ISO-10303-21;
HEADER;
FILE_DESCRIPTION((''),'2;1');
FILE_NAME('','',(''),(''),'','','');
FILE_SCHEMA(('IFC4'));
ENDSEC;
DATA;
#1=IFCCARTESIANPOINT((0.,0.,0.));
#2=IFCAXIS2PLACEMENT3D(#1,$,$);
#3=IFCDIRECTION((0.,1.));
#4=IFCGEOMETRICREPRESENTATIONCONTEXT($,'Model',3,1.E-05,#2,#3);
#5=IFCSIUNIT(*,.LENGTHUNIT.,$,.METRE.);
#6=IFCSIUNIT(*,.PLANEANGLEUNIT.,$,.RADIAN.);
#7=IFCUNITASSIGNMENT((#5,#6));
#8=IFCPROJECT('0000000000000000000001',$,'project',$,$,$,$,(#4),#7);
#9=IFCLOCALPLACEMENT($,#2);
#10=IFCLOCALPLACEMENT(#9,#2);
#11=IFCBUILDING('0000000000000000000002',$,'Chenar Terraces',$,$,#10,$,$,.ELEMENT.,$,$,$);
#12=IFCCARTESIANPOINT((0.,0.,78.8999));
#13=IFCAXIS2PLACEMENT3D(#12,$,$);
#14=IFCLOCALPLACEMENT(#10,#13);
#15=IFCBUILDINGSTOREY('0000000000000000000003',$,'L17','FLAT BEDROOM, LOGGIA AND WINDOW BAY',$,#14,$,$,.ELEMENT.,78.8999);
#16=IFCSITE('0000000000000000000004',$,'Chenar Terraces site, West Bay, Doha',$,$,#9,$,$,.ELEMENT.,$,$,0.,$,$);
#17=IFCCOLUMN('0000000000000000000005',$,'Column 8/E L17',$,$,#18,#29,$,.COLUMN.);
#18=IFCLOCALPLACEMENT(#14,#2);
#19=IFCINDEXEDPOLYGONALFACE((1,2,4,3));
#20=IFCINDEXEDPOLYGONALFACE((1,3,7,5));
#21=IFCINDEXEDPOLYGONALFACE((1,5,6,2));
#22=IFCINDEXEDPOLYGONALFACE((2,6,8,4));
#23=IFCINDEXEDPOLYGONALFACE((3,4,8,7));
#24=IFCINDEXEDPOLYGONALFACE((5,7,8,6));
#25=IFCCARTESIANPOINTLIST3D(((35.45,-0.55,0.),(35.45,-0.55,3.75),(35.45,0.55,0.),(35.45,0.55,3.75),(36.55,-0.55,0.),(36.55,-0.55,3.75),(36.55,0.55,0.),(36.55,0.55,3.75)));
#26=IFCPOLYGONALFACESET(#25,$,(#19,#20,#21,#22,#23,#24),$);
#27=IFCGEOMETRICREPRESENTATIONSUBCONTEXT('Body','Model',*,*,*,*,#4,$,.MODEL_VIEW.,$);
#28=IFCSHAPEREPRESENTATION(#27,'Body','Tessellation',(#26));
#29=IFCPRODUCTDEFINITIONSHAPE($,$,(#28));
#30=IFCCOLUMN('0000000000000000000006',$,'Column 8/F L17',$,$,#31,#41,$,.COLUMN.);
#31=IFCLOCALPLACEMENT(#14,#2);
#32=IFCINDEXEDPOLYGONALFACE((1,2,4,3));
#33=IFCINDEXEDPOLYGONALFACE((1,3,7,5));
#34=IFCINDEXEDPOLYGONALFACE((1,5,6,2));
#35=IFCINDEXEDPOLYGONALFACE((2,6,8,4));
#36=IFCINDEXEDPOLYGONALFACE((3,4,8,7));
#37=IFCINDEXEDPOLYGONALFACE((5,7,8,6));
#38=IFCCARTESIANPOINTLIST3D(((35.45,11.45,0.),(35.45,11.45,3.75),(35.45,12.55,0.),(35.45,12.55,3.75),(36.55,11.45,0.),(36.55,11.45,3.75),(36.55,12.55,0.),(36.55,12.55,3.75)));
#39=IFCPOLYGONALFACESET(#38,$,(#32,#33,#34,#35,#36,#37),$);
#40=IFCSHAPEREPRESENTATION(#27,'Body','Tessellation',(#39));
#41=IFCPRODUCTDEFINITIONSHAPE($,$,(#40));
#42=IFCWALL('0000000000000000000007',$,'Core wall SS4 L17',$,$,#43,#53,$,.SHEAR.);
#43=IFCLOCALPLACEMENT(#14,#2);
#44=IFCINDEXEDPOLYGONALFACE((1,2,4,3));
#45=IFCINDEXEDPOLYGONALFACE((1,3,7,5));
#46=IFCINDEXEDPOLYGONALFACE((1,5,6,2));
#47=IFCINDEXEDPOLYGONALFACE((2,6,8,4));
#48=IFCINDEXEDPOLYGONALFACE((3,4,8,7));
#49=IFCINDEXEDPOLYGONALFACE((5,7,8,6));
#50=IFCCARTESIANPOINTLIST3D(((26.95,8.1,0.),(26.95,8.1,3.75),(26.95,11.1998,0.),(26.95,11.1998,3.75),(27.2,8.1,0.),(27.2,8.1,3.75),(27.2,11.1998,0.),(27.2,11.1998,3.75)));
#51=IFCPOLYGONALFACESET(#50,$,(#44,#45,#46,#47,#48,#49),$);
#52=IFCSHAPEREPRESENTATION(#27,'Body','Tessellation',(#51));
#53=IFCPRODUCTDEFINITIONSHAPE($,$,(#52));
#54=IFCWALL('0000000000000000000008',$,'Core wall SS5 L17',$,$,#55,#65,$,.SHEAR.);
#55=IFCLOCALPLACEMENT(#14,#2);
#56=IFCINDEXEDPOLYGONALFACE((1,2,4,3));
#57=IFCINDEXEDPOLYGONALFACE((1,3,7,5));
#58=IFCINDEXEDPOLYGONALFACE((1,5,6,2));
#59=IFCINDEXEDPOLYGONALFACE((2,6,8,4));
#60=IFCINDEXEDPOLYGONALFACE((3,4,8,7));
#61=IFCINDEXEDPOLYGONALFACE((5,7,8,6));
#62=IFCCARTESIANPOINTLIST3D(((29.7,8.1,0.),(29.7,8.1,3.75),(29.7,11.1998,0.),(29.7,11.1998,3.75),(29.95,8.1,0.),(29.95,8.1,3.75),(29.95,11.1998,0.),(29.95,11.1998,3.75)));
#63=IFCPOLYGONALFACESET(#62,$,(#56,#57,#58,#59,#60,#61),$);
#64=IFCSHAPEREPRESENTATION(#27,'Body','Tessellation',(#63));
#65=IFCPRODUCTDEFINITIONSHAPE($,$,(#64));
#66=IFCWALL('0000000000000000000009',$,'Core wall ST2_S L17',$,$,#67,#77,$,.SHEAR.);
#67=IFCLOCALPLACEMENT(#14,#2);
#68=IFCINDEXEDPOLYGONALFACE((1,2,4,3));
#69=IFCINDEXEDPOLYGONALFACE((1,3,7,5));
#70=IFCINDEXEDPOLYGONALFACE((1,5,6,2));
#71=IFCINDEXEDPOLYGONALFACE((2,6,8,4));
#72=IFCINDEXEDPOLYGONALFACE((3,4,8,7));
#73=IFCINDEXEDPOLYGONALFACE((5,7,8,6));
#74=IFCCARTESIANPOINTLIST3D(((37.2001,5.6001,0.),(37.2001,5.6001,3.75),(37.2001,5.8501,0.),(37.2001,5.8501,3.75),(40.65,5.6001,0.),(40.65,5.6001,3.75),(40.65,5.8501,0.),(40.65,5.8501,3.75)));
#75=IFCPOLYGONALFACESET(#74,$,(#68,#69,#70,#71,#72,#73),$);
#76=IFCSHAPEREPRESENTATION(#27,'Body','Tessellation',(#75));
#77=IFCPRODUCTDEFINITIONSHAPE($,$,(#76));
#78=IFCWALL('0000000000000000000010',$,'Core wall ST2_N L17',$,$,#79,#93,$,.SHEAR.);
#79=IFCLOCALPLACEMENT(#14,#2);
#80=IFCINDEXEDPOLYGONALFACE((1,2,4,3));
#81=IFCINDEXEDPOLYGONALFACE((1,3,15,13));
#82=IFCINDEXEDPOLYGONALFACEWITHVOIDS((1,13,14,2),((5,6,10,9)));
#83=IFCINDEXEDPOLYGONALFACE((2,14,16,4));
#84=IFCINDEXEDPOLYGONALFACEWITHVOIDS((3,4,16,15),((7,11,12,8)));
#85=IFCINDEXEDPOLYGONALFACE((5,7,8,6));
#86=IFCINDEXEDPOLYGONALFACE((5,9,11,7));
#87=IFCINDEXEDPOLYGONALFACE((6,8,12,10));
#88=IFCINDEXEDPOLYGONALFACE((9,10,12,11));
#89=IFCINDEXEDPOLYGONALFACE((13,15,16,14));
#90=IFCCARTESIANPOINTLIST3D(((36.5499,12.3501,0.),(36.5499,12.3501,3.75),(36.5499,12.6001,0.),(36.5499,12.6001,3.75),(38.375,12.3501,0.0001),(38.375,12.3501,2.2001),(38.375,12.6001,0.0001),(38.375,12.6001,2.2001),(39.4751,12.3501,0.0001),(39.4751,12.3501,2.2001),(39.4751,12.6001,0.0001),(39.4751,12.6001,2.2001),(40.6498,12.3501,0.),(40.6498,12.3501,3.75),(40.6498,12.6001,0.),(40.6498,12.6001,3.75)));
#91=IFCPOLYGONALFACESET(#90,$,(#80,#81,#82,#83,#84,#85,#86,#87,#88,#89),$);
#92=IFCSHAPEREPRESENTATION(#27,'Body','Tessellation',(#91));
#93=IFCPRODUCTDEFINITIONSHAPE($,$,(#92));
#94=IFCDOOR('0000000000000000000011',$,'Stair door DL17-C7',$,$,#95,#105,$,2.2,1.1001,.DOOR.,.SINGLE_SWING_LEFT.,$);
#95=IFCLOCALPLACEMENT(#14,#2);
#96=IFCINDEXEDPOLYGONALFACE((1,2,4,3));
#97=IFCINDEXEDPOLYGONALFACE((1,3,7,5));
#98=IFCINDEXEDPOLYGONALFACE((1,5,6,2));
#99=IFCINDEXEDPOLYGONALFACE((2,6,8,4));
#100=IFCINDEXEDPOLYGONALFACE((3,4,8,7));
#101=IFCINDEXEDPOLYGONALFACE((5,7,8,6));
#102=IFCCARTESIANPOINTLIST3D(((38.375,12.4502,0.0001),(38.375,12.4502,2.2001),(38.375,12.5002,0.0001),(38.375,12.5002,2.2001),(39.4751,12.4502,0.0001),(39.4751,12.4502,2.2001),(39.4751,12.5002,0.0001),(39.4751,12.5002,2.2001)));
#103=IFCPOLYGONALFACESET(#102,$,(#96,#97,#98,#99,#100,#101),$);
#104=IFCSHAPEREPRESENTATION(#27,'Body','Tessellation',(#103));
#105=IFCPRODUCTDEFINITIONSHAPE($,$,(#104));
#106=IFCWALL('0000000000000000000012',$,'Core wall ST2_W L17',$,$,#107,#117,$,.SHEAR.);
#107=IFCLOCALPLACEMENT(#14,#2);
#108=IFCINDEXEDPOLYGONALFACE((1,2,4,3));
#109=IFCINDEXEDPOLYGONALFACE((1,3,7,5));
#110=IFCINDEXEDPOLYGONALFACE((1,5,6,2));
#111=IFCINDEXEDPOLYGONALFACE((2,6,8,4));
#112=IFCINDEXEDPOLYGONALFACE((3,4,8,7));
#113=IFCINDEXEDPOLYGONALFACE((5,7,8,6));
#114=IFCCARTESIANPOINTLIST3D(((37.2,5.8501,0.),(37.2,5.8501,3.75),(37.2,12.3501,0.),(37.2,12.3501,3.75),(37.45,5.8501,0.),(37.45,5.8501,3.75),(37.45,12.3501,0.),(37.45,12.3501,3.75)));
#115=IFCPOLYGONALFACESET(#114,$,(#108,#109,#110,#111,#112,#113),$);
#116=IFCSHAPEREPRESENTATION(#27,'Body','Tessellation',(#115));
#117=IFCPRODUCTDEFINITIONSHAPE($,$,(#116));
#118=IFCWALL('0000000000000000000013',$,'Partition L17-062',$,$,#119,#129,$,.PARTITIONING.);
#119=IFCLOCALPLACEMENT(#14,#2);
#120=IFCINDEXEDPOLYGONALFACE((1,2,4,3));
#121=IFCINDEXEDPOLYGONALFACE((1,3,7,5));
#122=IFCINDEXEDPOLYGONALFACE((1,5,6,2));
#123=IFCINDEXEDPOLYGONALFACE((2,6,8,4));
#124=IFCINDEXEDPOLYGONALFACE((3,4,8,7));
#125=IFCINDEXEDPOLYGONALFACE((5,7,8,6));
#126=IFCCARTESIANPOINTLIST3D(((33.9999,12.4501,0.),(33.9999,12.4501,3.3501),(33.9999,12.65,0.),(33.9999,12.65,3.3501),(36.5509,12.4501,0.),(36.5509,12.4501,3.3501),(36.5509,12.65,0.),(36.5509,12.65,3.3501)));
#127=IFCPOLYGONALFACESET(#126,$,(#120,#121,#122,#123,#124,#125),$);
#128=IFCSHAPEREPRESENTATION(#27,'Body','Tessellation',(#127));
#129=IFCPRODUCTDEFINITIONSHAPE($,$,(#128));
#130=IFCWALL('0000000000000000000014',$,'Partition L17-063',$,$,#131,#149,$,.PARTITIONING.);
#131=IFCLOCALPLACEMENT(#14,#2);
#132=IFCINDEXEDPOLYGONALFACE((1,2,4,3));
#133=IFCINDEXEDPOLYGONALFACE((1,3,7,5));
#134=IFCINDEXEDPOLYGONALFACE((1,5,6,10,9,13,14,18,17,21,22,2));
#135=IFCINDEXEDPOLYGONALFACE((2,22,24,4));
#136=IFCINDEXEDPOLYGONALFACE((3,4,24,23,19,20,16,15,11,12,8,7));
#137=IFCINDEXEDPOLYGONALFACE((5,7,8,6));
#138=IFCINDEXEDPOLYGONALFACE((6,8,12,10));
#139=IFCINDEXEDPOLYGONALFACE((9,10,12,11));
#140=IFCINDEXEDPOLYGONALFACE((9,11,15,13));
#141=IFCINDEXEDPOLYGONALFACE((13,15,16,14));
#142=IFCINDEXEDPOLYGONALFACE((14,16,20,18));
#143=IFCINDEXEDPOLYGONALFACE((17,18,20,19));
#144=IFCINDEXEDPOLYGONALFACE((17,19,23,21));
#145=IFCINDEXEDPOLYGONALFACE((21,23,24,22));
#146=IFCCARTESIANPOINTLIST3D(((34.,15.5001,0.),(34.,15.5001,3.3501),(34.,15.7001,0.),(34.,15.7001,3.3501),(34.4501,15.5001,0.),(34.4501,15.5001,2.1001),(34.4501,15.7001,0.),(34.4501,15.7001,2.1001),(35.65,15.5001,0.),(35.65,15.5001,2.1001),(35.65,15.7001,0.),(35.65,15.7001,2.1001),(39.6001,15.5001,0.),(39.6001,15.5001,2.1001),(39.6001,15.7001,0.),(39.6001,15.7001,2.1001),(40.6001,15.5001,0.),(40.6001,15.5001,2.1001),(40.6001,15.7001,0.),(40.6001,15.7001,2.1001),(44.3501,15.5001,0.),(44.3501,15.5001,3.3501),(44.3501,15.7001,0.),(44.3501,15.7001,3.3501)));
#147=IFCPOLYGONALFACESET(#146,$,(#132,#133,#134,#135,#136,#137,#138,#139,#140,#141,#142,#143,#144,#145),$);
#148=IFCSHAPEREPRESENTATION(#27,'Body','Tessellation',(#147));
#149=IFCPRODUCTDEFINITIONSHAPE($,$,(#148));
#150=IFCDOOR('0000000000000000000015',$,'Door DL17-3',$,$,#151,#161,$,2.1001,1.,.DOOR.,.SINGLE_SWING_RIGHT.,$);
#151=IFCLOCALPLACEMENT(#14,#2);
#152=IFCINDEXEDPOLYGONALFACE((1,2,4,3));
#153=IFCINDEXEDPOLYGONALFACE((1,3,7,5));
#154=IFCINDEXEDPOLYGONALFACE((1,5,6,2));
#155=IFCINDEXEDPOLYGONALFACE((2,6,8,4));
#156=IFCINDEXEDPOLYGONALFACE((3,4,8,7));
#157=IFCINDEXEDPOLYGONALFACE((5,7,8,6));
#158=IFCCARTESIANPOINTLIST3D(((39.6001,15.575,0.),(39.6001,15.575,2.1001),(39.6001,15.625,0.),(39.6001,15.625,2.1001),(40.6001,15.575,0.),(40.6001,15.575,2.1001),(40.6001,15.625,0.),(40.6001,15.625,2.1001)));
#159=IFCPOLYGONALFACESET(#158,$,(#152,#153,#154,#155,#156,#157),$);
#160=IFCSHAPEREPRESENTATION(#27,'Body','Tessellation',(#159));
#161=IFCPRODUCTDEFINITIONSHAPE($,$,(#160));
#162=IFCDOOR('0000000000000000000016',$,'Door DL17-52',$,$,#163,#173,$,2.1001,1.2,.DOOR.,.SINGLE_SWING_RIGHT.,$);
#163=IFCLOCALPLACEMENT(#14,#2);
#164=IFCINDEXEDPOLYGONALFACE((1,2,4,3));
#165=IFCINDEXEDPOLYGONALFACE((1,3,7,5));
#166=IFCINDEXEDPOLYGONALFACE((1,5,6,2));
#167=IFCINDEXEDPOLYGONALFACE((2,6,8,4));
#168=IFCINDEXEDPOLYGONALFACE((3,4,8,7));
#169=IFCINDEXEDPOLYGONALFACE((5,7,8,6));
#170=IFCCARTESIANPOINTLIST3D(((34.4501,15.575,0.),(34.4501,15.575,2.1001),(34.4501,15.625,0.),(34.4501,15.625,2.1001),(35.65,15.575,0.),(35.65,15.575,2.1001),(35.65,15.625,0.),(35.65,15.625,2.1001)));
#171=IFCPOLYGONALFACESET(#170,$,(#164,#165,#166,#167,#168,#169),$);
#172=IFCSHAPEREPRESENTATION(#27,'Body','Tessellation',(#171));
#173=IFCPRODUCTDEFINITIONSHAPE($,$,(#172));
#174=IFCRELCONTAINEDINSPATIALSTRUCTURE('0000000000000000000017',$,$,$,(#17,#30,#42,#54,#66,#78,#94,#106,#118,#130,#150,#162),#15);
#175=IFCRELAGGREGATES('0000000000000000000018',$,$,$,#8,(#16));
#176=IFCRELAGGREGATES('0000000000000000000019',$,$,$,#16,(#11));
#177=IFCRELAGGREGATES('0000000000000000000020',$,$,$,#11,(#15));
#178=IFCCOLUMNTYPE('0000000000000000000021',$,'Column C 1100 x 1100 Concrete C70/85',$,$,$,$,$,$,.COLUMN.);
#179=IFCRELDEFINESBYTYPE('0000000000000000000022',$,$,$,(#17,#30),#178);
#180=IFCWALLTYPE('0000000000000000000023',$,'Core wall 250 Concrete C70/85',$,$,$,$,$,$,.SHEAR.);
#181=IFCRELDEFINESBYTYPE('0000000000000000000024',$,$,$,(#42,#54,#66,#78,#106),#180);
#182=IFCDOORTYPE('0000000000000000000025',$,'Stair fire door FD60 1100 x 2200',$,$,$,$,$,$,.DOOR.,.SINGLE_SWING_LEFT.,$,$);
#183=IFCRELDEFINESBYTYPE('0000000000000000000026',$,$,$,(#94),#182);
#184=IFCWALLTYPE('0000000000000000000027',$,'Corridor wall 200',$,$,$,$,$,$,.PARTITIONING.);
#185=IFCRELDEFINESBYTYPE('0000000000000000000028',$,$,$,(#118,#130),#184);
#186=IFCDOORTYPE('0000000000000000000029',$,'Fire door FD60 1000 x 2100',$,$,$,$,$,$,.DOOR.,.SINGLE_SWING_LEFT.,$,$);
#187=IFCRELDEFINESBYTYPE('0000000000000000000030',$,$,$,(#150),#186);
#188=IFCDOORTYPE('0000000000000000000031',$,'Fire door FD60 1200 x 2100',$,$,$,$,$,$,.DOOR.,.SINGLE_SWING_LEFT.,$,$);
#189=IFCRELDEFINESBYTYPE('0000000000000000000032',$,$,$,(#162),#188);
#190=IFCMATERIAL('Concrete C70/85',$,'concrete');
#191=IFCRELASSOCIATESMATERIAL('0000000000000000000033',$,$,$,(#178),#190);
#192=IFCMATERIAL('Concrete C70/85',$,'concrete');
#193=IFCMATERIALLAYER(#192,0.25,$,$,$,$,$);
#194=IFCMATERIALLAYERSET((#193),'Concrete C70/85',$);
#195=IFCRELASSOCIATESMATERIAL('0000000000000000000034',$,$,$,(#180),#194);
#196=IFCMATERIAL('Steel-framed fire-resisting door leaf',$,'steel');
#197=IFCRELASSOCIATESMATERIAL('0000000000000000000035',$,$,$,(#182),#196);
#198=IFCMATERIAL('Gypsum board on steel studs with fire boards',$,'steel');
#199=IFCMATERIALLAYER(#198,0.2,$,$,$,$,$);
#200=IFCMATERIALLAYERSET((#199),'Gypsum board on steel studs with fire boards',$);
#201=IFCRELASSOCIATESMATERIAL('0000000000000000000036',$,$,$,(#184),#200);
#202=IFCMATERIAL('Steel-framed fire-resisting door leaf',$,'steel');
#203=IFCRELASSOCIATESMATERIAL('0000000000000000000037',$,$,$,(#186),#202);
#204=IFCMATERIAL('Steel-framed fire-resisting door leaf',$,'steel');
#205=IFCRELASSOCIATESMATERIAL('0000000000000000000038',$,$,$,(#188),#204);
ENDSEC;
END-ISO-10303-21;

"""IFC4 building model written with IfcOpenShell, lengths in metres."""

from ifc_helpers import new_model, si_unit, direction, frame, frame_2d, origin, origin_2d, place, context, subcontext, project, spatial, rectangle, extrude, material, layer, layer_set, material_profile, profile_set, type_object, element, fill, save


model = new_model("IFC4")

# Units and contexts
model_context = context("Model", 3, precision=1e-05, world=origin(), true_north=direction((0.0, 1.0)))
body_context = subcontext(model_context, "Body", "Model", "MODEL_VIEW")
ifc_project = project(units=[si_unit("LENGTHUNIT", "METRE"), si_unit("PLANEANGLEUNIT", "RADIAN")], contexts=[model_context])

# Site, building, storey
site_placement = place(None, origin())
site = spatial("IfcSite", under=ifc_project, at=site_placement, Name="Chenar Terraces site, West Bay, Doha", CompositionType="ELEMENT", RefElevation=0.0)
building_placement = place(site_placement, origin())
building = spatial("IfcBuilding", under=site, at=building_placement, Name="Chenar Terraces", CompositionType="ELEMENT")
storey_placement = place(building_placement, frame((0.0, 0.0, 78.8999)))
storey = spatial("IfcBuildingStorey", under=building, at=storey_placement, Name="L17", Description="FLAT BEDROOM, LOGGIA AND WINDOW BAY", CompositionType="ELEMENT", Elevation=78.8999)

# Columns
ifc_material_1 = material(Name="Concrete C70/85", Category="concrete")
ifc_material_profile_1 = material_profile(ifc_material_1, rectangle(XDim=1.1001, YDim=1.1001, at=origin_2d()), Name="C 1100 x 1100")
ifc_profile_set_1 = profile_set([ifc_material_profile_1], Name="Concrete C70/85")
column_type = type_object("IfcColumnType", Name="Column C 1100 x 1100 Concrete C70/85", PredefinedType="COLUMN", material=ifc_profile_set_1)
for number, where, z_axis, x_axis, name in (
    (1, (36.0, 0.0, 0.0), (0.0, 0.0, 1.0), (1.0, 0.0, 0.0), "Column 8/E L17"),
    (2, (36.0, 12.0, 0.0), (0.0, 0.0, 1.0), (1.0, 0.0, 0.0), "Column 8/F L17"),
):
    element("IfcColumn", number, at=place(storey_placement, frame(where, z_axis=z_axis, x_axis=x_axis)), inside=storey, type_object=column_type, Name=name, PredefinedType="COLUMN", context=body_context, shape_type="SweptSolid", body=[
        extrude(rectangle(XDim=1.1001, YDim=1.1001, at=origin_2d()), origin(), (0.0, 0.0, 1.0), 3.75),
    ])

# Walls
ifc_material_2 = material(Name="Concrete C70/85", Category="concrete")
ifc_layer_1 = layer(ifc_material_2, 0.25)
ifc_layer_set_1 = layer_set([ifc_layer_1], Name="Concrete C70/85")
wall_type_1 = type_object("IfcWallType", Name="Core wall 250 Concrete C70/85", PredefinedType="SHEAR", material=ifc_layer_set_1)
for number, where, z_axis, x_axis, name in (
    (3, (27.075, 8.1001, 0.0), (0.0, 0.0, 1.0), (0.0, 1.0, 0.0), "Core wall SS4 L17"),
    (4, (29.825, 8.1001, 0.0), (0.0, 0.0, 1.0), (0.0, 1.0, 0.0), "Core wall SS5 L17"),
):
    element("IfcWall", number, at=place(storey_placement, frame(where, z_axis=z_axis, x_axis=x_axis)), inside=storey, type_object=wall_type_1, Name=name, PredefinedType="SHEAR", context=body_context, shape_type="SweptSolid", body=[
        extrude(rectangle(XDim=3.0999, YDim=0.25, at=frame_2d((1.5498, 0.0))), origin(), (0.0, 0.0, 1.0), 3.75),
    ])
wall_1_placement = place(storey_placement, frame((37.2, 5.7251, 0.0), z_axis=(0.0, 0.0, 1.0), x_axis=(1.0, 0.0, 0.0)))
element("IfcWall", 5, at=wall_1_placement, inside=storey, type_object=wall_type_1, Name="Core wall ST2_S L17", PredefinedType="SHEAR", context=body_context, shape_type="SweptSolid", body=[
    extrude(rectangle(XDim=3.45, YDim=0.25, at=frame_2d((1.7251, 0.0))), origin(), (0.0, 0.0, 1.0), 3.75),
])

# Wall, opening, door
wall_2_placement = place(storey_placement, frame((36.55, 12.4751, 0.0), z_axis=(0.0, 0.0, 1.0), x_axis=(1.0, 0.0, 0.0)))
wall_2 = element("IfcWall", 6, at=wall_2_placement, inside=storey, type_object=wall_type_1, Name="Core wall ST2_N L17", PredefinedType="SHEAR", context=body_context, shape_type="SweptSolid", body=[
    extrude(rectangle(XDim=4.0999, YDim=0.25, at=frame_2d((2.0498, 0.0))), origin(), (0.0, 0.0, 1.0), 3.75),
])
opening_1_placement = place(wall_2_placement, frame((1.825, 0.0, 0.0)))
opening_1 = element("IfcOpeningElement", 7, at=opening_1_placement, cuts=wall_2, PredefinedType="OPENING", context=body_context, shape_type="SweptSolid", body=[
    extrude(rectangle(XDim=1.1001, YDim=2.2, at=frame_2d((0.55, 1.1001))), frame((0.0, 0.135, 0.0), z_axis=(0.0, -1.0, 0.0), x_axis=(1.0, 0.0, 0.0)), (0.0, 0.0, 1.0), 0.27),
])
ifc_material_3 = material(Name="Steel-framed fire-resisting door leaf", Category="steel")
door_type_1 = type_object("IfcDoorType", Name="Stair fire door FD60 1100 x 2200", OperationType="SINGLE_SWING_LEFT", PredefinedType="DOOR", material=ifc_material_3)
door_1_placement = place(opening_1_placement, frame((1.1001, 0.0, 0.0), z_axis=(0.0, 0.0, 1.0), x_axis=(-1.0, 0.0, 0.0)))
door_1 = element("IfcDoor", 8, at=door_1_placement, inside=storey, type_object=door_type_1, Name="Stair door DL17-C7", OperationType="SINGLE_SWING_LEFT", OverallHeight=2.2, OverallWidth=1.1001, PredefinedType="DOOR", context=body_context, shape_type="SweptSolid", body=[
    extrude(rectangle(XDim=1.1001, YDim=2.2, at=frame_2d((0.55, 1.1001))), frame((0.0, 0.0249, 0.0), z_axis=(0.0, -1.0, 0.0), x_axis=(1.0, 0.0, 0.0)), (0.0, 0.0, 1.0), 0.05),
])
fill(opening_1, door_1)

# Walls
wall_3_placement = place(storey_placement, frame((37.325, 5.8501, 0.0), z_axis=(0.0, 0.0, 1.0), x_axis=(0.0, 1.0, 0.0)))
element("IfcWall", 9, at=wall_3_placement, inside=storey, type_object=wall_type_1, Name="Core wall ST2_W L17", PredefinedType="SHEAR", context=body_context, shape_type="SweptSolid", body=[
    extrude(rectangle(XDim=6.5, YDim=0.25, at=frame_2d((3.25, 0.0))), origin(), (0.0, 0.0, 1.0), 3.75),
])
ifc_material_4 = material(Name="Gypsum board on steel studs with fire boards", Category="steel")
ifc_layer_2 = layer(ifc_material_4, 0.2)
ifc_layer_set_2 = layer_set([ifc_layer_2], Name="Gypsum board on steel studs with fire boards")
wall_type_2 = type_object("IfcWallType", Name="Corridor wall 200", PredefinedType="PARTITIONING", material=ifc_layer_set_2)
wall_4_placement = place(storey_placement, frame((34.0, 12.55, 0.0), z_axis=(0.0, 0.0, 1.0), x_axis=(1.0, 0.0, 0.0)))
element("IfcWall", 10, at=wall_4_placement, inside=storey, type_object=wall_type_2, Name="Partition L17-062", PredefinedType="PARTITIONING", context=body_context, shape_type="SweptSolid", body=[
    extrude(rectangle(XDim=2.551, YDim=0.2, at=frame_2d((1.2754, 0.0))), origin(), (0.0, 0.0, 1.0), 3.3501),
])

# Wall, openings, doors
wall_5_placement = place(storey_placement, frame((34.0, 15.6001, 0.0), z_axis=(0.0, 0.0, 1.0), x_axis=(1.0, 0.0, 0.0)))
wall_5 = element("IfcWall", 11, at=wall_5_placement, inside=storey, type_object=wall_type_2, Name="Partition L17-063", PredefinedType="PARTITIONING", context=body_context, shape_type="SweptSolid", body=[
    extrude(rectangle(XDim=10.3501, YDim=0.2, at=frame_2d((5.175, 0.0))), origin(), (0.0, 0.0, 1.0), 3.3501),
])
opening_2_placement = place(wall_5_placement, frame((5.6001, 0.0, 0.0)))
opening_2 = element("IfcOpeningElement", 12, at=opening_2_placement, cuts=wall_5, PredefinedType="OPENING", context=body_context, shape_type="SweptSolid", body=[
    extrude(rectangle(XDim=1.0, YDim=2.1001, at=frame_2d((0.5, 1.05))), frame((0.0, 0.1099, 0.0), z_axis=(0.0, -1.0, 0.0), x_axis=(1.0, 0.0, 0.0)), (0.0, 0.0, 1.0), 0.22),
])
opening_3_placement = place(wall_5_placement, frame((0.45, 0.0, 0.0)))
opening_3 = element("IfcOpeningElement", 13, at=opening_3_placement, cuts=wall_5, PredefinedType="OPENING", context=body_context, shape_type="SweptSolid", body=[
    extrude(rectangle(XDim=1.2, YDim=2.1001, at=frame_2d((0.6001, 1.05))), frame((0.0, 0.1099, 0.0), z_axis=(0.0, -1.0, 0.0), x_axis=(1.0, 0.0, 0.0)), (0.0, 0.0, 1.0), 0.22),
])
ifc_material_5 = material(Name="Steel-framed fire-resisting door leaf", Category="steel")
door_type_2 = type_object("IfcDoorType", Name="Fire door FD60 1000 x 2100", OperationType="SINGLE_SWING_LEFT", PredefinedType="DOOR", material=ifc_material_5)
door_2_placement = place(opening_2_placement, origin())
door_2 = element("IfcDoor", 14, at=door_2_placement, inside=storey, type_object=door_type_2, Name="Door DL17-3", OperationType="SINGLE_SWING_RIGHT", OverallHeight=2.1001, OverallWidth=1.0, PredefinedType="DOOR", context=body_context, shape_type="SweptSolid", body=[
    extrude(rectangle(XDim=1.0, YDim=2.1001, at=frame_2d((0.5, 1.05))), frame((0.0, 0.0249, 0.0), z_axis=(0.0, -1.0, 0.0), x_axis=(1.0, 0.0, 0.0)), (0.0, 0.0, 1.0), 0.05),
])
fill(opening_2, door_2)
ifc_material_6 = material(Name="Steel-framed fire-resisting door leaf", Category="steel")
door_type_3 = type_object("IfcDoorType", Name="Fire door FD60 1200 x 2100", OperationType="SINGLE_SWING_LEFT", PredefinedType="DOOR", material=ifc_material_6)
door_3_placement = place(opening_3_placement, origin())
door_3 = element("IfcDoor", 15, at=door_3_placement, inside=storey, type_object=door_type_3, Name="Door DL17-52", OperationType="SINGLE_SWING_RIGHT", OverallHeight=2.1001, OverallWidth=1.2, PredefinedType="DOOR", context=body_context, shape_type="SweptSolid", body=[
    extrude(rectangle(XDim=1.2, YDim=2.1001, at=frame_2d((0.6001, 1.05))), frame((0.0, 0.0249, 0.0), z_axis=(0.0, -1.0, 0.0), x_axis=(1.0, 0.0, 0.0)), (0.0, 0.0, 1.0), 0.05),
])
fill(opening_3, door_3)

save(model, "model.ifc")
